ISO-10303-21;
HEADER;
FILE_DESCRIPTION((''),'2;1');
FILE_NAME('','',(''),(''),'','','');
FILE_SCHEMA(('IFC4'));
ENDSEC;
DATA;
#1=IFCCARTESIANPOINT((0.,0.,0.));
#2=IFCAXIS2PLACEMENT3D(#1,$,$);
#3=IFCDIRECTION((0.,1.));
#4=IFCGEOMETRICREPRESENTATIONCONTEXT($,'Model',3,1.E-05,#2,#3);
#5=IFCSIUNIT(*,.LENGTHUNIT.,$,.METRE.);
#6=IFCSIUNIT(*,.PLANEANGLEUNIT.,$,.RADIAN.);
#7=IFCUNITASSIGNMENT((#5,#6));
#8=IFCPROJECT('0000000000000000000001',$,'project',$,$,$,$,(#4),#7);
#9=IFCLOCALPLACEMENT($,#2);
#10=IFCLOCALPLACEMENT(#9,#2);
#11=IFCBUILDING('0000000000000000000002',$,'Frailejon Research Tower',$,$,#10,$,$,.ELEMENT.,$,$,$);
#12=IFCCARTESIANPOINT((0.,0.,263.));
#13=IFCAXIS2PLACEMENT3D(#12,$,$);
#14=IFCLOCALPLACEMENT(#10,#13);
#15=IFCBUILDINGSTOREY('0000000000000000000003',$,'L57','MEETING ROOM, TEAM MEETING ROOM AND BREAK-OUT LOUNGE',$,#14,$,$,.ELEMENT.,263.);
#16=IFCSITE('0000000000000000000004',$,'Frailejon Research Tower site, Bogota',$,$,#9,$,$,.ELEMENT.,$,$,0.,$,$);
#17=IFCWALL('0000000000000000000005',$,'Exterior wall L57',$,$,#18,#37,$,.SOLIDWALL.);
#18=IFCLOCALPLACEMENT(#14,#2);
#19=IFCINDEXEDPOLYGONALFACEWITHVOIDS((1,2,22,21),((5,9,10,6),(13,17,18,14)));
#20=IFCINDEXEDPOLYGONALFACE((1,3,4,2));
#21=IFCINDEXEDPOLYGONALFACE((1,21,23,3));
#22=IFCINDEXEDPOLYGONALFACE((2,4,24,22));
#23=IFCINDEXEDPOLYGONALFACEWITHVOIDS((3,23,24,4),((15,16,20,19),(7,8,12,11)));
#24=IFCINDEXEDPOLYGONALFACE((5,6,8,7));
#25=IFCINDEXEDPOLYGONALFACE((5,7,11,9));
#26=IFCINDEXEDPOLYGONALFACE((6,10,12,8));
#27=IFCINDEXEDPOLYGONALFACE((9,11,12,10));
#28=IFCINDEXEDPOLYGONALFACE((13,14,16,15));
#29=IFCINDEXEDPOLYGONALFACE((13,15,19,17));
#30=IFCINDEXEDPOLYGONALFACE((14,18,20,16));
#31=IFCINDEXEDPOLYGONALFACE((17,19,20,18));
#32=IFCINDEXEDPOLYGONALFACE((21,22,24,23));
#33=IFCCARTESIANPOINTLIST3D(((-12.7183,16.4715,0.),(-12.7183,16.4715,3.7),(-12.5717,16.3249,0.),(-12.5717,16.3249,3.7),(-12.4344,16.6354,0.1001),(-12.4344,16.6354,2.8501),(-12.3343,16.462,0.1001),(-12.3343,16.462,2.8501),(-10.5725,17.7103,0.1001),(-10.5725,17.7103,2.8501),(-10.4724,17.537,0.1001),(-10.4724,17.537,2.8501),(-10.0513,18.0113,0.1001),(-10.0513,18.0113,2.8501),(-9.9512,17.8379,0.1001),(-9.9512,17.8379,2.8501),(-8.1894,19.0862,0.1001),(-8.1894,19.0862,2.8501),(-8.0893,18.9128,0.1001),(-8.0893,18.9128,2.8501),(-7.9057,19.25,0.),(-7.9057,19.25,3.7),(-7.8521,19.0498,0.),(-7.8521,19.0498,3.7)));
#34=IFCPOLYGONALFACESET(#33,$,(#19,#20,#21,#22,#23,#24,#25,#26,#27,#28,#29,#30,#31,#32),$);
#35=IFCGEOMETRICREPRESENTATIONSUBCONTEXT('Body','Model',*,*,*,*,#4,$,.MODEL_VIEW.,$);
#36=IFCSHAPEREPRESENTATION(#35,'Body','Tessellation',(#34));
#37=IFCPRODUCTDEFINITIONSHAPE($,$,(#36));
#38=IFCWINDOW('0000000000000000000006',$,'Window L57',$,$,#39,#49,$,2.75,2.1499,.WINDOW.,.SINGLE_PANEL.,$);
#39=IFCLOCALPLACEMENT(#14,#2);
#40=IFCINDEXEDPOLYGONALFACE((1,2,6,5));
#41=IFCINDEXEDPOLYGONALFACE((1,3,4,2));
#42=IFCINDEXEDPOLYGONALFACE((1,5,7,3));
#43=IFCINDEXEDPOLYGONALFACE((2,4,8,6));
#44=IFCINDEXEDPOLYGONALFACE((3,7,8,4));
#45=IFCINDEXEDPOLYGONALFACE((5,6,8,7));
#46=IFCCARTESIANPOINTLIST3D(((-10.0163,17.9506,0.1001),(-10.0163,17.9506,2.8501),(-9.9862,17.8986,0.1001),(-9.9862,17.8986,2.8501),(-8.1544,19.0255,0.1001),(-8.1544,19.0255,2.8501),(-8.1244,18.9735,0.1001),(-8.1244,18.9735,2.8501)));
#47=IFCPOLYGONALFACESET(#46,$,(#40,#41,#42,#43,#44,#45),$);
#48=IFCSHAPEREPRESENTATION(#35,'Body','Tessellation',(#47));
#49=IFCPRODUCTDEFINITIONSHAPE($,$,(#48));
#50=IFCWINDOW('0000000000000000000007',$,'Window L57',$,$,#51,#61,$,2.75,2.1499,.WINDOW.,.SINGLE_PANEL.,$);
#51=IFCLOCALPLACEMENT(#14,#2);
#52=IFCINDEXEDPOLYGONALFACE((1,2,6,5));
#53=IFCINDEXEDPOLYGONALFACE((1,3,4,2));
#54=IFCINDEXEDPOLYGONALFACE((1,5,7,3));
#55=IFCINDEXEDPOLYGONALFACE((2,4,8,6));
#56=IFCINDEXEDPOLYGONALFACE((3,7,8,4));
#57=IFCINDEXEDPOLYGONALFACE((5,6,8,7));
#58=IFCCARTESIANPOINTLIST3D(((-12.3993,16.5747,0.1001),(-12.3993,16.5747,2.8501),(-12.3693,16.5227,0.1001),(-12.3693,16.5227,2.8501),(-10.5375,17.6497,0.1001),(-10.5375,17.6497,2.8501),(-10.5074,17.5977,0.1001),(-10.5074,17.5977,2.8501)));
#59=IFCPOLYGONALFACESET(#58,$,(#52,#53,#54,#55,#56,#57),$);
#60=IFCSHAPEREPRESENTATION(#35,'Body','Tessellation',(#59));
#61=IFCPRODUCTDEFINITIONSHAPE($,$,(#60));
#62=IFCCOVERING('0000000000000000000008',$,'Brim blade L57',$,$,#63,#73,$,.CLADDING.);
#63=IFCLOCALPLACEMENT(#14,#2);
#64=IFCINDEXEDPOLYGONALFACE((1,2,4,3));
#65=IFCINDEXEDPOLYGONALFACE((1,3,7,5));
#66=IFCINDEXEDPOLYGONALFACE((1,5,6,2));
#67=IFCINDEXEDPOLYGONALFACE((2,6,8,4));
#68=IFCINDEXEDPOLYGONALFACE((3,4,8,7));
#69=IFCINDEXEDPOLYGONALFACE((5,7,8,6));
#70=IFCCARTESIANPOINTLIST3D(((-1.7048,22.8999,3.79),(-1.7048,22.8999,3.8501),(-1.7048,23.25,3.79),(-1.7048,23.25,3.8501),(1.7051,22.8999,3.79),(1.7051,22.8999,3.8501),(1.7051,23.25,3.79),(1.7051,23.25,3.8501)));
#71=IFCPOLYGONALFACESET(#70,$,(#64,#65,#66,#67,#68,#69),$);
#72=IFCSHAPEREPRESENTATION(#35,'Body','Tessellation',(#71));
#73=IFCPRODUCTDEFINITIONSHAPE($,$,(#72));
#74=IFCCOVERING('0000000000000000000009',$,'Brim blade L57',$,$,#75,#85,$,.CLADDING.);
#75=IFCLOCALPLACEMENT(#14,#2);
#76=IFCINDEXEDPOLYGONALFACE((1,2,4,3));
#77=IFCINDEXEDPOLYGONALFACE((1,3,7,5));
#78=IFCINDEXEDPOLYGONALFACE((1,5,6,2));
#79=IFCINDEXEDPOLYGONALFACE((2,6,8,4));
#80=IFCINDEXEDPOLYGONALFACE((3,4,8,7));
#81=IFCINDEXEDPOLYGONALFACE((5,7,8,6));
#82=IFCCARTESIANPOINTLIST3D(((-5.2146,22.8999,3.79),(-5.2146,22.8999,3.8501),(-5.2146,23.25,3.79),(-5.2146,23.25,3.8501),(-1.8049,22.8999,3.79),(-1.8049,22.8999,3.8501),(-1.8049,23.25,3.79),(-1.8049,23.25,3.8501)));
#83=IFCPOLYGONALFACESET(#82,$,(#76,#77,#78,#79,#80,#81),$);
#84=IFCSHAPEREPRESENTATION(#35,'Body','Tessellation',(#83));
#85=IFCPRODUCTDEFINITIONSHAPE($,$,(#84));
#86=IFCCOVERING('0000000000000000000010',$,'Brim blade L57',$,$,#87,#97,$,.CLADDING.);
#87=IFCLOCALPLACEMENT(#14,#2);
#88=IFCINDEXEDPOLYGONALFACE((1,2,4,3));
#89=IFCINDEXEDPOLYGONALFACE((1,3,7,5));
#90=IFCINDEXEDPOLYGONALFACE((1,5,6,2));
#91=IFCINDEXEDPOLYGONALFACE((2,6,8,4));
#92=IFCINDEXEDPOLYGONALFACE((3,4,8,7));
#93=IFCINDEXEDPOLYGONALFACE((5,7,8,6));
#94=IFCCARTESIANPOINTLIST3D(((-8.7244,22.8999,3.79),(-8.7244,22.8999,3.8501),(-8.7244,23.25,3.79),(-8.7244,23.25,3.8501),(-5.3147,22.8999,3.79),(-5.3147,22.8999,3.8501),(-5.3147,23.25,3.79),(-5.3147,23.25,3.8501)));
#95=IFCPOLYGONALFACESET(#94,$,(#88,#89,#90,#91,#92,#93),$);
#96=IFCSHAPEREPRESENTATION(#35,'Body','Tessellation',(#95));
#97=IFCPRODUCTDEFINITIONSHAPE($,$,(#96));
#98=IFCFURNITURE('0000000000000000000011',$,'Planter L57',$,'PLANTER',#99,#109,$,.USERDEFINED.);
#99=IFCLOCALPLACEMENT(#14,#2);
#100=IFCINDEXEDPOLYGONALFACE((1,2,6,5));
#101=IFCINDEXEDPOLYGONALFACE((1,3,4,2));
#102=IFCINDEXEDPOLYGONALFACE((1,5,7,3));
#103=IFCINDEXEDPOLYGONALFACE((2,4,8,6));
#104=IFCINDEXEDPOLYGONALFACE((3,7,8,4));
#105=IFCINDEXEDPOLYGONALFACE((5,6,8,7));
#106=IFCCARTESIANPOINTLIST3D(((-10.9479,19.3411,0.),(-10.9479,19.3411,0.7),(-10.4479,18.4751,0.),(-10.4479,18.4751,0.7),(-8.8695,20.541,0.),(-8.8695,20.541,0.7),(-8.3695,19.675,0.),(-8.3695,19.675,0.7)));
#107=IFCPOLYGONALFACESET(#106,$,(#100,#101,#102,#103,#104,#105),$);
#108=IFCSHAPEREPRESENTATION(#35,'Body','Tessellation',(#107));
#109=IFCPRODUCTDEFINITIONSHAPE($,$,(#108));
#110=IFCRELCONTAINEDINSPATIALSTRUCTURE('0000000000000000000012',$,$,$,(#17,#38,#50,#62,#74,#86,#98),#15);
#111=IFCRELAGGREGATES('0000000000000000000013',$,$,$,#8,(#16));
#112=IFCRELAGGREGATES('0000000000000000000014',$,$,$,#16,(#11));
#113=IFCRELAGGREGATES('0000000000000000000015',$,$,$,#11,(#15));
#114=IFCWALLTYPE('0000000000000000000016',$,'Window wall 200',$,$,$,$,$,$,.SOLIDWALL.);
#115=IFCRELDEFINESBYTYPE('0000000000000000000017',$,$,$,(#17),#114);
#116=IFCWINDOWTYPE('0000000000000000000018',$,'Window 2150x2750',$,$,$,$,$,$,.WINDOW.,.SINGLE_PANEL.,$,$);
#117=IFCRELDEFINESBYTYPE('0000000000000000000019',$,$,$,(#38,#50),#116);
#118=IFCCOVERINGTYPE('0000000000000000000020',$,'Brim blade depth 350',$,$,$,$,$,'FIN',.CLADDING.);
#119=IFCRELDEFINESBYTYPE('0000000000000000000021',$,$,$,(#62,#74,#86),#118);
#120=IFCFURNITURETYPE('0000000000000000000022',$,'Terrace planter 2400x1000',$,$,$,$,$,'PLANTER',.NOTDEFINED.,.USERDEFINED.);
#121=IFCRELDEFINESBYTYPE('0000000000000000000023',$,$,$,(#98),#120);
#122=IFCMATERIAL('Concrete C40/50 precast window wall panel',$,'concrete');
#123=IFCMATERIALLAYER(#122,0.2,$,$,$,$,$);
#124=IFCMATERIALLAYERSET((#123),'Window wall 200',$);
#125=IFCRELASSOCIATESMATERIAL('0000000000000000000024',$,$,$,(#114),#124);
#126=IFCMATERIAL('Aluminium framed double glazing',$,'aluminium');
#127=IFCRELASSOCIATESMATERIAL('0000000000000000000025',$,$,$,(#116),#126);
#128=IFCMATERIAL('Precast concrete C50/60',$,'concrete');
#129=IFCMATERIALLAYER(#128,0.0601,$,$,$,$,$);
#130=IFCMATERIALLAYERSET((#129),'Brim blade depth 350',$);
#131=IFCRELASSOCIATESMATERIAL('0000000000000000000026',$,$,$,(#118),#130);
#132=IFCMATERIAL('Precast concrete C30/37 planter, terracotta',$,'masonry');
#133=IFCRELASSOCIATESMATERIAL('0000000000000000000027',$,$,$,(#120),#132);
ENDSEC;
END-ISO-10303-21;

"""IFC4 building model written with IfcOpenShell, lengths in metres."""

from ifc_helpers import new_model, si_unit, direction, frame, frame_2d, origin, origin_2d, place, context, subcontext, project, spatial, polyline, rectangle, outline, extrude, material, layer, layer_set, type_object, element, fill, save


model = new_model("IFC4")

# Units and contexts
model_context = context("Model", 3, precision=1e-05, world=origin(), true_north=direction((0.0, 1.0)))
body_context = subcontext(model_context, "Body", "Model", "MODEL_VIEW")
ifc_project = project(units=[si_unit("LENGTHUNIT", "METRE"), si_unit("PLANEANGLEUNIT", "RADIAN")], contexts=[model_context])

# Site, building, storey
site_placement = place(None, origin())
site = spatial("IfcSite", under=ifc_project, at=site_placement, Name="Frailejon Research Tower site, Bogota", CompositionType="ELEMENT", RefElevation=0.0)
building_placement = place(site_placement, origin())
building = spatial("IfcBuilding", under=site, at=building_placement, Name="Frailejon Research Tower", CompositionType="ELEMENT")
storey_placement = place(building_placement, frame((0.0, 0.0, 263.0)))
storey = spatial("IfcBuildingStorey", under=building, at=storey_placement, Name="L57", Description="MEETING ROOM, TEAM MEETING ROOM AND BREAK-OUT LOUNGE", CompositionType="ELEMENT", Elevation=263.0)

# Wall, openings, windows
ifc_material_1 = material(Name="Concrete C40/50 precast window wall panel", Category="concrete")
ifc_layer_1 = layer(ifc_material_1, 0.2)
ifc_layer_set_1 = layer_set([ifc_layer_1], Name="Window wall 200")
wall_type_1 = type_object("IfcWallType", Name="Window wall 200", PredefinedType="SOLIDWALL", material=ifc_layer_set_1)
wall_1_placement = place(storey_placement, frame((-7.8789, 19.1499, 0.0), z_axis=(0.0, 0.0, 1.0), x_axis=(-0.866026, -0.499999, 0.0)))
wall_1 = element("IfcWall", 1, at=wall_1_placement, inside=storey, type_object=wall_type_1, Name="Exterior wall L57", PredefinedType="SOLIDWALL", context=body_context, shape_type="SweptSolid", body=[
    extrude(outline(polyline([(-0.0269, -0.1001), (1.0845, -0.1001), (2.196, -0.1001), (3.3074, -0.1001), (4.4189, -0.1001), (5.5303, -0.1001), (5.4766, 0.1001), (4.3867, 0.1001), (3.2966, 0.1001), (2.2068, 0.1001), (1.1167, 0.1001), (0.0269, 0.1001), (-0.0269, -0.1001)])), origin(), (0.0, 0.0, 1.0), 3.7),
])
opening_1_placement = place(wall_1_placement, frame((0.3008, 0.0, 0.1001)))
opening_1 = element("IfcOpeningElement", 2, at=opening_1_placement, cuts=wall_1, PredefinedType="OPENING", context=body_context, shape_type="SweptSolid", body=[
    extrude(rectangle(XDim=2.1499, YDim=2.75, at=frame_2d((1.075, 1.375))), frame((0.0, 0.1099, 0.0), z_axis=(0.0, -1.0, 0.0), x_axis=(1.0, 0.0, 0.0)), (0.0, 0.0, 1.0), 0.22),
])
opening_2_placement = place(wall_1_placement, frame((3.0525, 0.0, 0.1001)))
opening_2 = element("IfcOpeningElement", 3, at=opening_2_placement, cuts=wall_1, PredefinedType="OPENING", context=body_context, shape_type="SweptSolid", body=[
    extrude(rectangle(XDim=2.1499, YDim=2.75, at=frame_2d((1.075, 1.375))), frame((0.0, 0.1099, 0.0), z_axis=(0.0, -1.0, 0.0), x_axis=(1.0, 0.0, 0.0)), (0.0, 0.0, 1.0), 0.22),
])
ifc_material_2 = material(Name="Aluminium framed double glazing", Category="aluminium")
window_type = type_object("IfcWindowType", Name="Window 2150x2750", PartitioningType="SINGLE_PANEL", PredefinedType="WINDOW", material=ifc_material_2)
window_1_placement = place(opening_1_placement, origin())
window_1 = element("IfcWindow", 4, at=window_1_placement, inside=storey, type_object=window_type, Name="Window L57", OverallHeight=2.75, OverallWidth=2.1499, PartitioningType="SINGLE_PANEL", PredefinedType="WINDOW", context=body_context, shape_type="SweptSolid", body=[
    extrude(rectangle(XDim=2.1499, YDim=2.75, at=frame_2d((1.075, 1.375))), frame((0.0, 0.03, 0.0), z_axis=(0.0, -1.0, 0.0), x_axis=(1.0, 0.0, 0.0)), (0.0, 0.0, 1.0), 0.0601),
])
fill(opening_1, window_1)
window_2_placement = place(opening_2_placement, origin())
window_2 = element("IfcWindow", 5, at=window_2_placement, inside=storey, type_object=window_type, Name="Window L57", OverallHeight=2.75, OverallWidth=2.1499, PartitioningType="SINGLE_PANEL", PredefinedType="WINDOW", context=body_context, shape_type="SweptSolid", body=[
    extrude(rectangle(XDim=2.1499, YDim=2.75, at=frame_2d((1.075, 1.375))), frame((0.0, 0.03, 0.0), z_axis=(0.0, -1.0, 0.0), x_axis=(1.0, 0.0, 0.0)), (0.0, 0.0, 1.0), 0.0601),
])
fill(opening_2, window_2)

# Coverings
ifc_material_3 = material(Name="Precast concrete C50/60", Category="concrete")
ifc_layer_2 = layer(ifc_material_3, 0.0601)
ifc_layer_set_2 = layer_set([ifc_layer_2], Name="Brim blade depth 350")
covering_type = type_object("IfcCoveringType", Name="Brim blade depth 350", ElementType="FIN", PredefinedType="CLADDING", material=ifc_layer_set_2)
covering_placement = place(storey_placement, frame((-1.7048, 22.8999, 3.8501), z_axis=(1.0, 0.0, 0.0), x_axis=(0.0, 1.0, 0.0)))
element("IfcCovering", 6, at=covering_placement, inside=storey, type_object=covering_type, Name="Brim blade L57", PredefinedType="CLADDING", context=body_context, shape_type="SweptSolid", body=[
    extrude(outline(polyline([(0.0, -0.0601), (0.3501, -0.0601), (0.3501, 0.0), (0.0, 0.0), (0.0, -0.0601)])), origin(), (0.0, 0.0, 1.0), 3.4099),
])
for number, where, z_axis, x_axis, name in (
    (7, (-5.2146, 22.8999, 3.8501), (1.0, 0.0, 0.0), (0.0, 1.0, 0.0), "Brim blade L57"),
    (8, (-8.7244, 22.8999, 3.8501), (1.0, 0.0, 0.0), (0.0, 1.0, 0.0), "Brim blade L57"),
):
    element("IfcCovering", number, at=place(storey_placement, frame(where, z_axis=z_axis, x_axis=x_axis)), inside=storey, type_object=covering_type, Name=name, PredefinedType="CLADDING", context=body_context, shape_type="SweptSolid", body=[
        extrude(outline(polyline([(0.0, -0.0601), (0.3501, -0.0601), (0.3501, 0.0), (0.0, 0.0), (0.0, -0.0601)])), origin(), (0.0, 0.0, 1.0), 3.4097),
    ])

# Furniture
ifc_material_4 = material(Name="Precast concrete C30/37 planter, terracotta", Category="masonry")
furniture_type = type_object("IfcFurnitureType", Name="Terrace planter 2400x1000", ElementType="PLANTER", AssemblyPlace="NOTDEFINED", PredefinedType="USERDEFINED", material=ifc_material_4)
furniture_placement = place(storey_placement, frame((-9.6587, 19.5081, 0.0), z_axis=(0.0, 0.0, 1.0), x_axis=(-0.866025, -0.5, 0.0)))
element("IfcFurniture", 9, at=furniture_placement, inside=storey, type_object=furniture_type, Name="Planter L57", ObjectType="PLANTER", PredefinedType="USERDEFINED", context=body_context, shape_type="SweptSolid", body=[
    extrude(rectangle(XDim=2.3999, YDim=1.0, at=origin_2d()), origin(), (0.0, 0.0, 1.0), 0.7),
])

save(model, "model.ifc")
